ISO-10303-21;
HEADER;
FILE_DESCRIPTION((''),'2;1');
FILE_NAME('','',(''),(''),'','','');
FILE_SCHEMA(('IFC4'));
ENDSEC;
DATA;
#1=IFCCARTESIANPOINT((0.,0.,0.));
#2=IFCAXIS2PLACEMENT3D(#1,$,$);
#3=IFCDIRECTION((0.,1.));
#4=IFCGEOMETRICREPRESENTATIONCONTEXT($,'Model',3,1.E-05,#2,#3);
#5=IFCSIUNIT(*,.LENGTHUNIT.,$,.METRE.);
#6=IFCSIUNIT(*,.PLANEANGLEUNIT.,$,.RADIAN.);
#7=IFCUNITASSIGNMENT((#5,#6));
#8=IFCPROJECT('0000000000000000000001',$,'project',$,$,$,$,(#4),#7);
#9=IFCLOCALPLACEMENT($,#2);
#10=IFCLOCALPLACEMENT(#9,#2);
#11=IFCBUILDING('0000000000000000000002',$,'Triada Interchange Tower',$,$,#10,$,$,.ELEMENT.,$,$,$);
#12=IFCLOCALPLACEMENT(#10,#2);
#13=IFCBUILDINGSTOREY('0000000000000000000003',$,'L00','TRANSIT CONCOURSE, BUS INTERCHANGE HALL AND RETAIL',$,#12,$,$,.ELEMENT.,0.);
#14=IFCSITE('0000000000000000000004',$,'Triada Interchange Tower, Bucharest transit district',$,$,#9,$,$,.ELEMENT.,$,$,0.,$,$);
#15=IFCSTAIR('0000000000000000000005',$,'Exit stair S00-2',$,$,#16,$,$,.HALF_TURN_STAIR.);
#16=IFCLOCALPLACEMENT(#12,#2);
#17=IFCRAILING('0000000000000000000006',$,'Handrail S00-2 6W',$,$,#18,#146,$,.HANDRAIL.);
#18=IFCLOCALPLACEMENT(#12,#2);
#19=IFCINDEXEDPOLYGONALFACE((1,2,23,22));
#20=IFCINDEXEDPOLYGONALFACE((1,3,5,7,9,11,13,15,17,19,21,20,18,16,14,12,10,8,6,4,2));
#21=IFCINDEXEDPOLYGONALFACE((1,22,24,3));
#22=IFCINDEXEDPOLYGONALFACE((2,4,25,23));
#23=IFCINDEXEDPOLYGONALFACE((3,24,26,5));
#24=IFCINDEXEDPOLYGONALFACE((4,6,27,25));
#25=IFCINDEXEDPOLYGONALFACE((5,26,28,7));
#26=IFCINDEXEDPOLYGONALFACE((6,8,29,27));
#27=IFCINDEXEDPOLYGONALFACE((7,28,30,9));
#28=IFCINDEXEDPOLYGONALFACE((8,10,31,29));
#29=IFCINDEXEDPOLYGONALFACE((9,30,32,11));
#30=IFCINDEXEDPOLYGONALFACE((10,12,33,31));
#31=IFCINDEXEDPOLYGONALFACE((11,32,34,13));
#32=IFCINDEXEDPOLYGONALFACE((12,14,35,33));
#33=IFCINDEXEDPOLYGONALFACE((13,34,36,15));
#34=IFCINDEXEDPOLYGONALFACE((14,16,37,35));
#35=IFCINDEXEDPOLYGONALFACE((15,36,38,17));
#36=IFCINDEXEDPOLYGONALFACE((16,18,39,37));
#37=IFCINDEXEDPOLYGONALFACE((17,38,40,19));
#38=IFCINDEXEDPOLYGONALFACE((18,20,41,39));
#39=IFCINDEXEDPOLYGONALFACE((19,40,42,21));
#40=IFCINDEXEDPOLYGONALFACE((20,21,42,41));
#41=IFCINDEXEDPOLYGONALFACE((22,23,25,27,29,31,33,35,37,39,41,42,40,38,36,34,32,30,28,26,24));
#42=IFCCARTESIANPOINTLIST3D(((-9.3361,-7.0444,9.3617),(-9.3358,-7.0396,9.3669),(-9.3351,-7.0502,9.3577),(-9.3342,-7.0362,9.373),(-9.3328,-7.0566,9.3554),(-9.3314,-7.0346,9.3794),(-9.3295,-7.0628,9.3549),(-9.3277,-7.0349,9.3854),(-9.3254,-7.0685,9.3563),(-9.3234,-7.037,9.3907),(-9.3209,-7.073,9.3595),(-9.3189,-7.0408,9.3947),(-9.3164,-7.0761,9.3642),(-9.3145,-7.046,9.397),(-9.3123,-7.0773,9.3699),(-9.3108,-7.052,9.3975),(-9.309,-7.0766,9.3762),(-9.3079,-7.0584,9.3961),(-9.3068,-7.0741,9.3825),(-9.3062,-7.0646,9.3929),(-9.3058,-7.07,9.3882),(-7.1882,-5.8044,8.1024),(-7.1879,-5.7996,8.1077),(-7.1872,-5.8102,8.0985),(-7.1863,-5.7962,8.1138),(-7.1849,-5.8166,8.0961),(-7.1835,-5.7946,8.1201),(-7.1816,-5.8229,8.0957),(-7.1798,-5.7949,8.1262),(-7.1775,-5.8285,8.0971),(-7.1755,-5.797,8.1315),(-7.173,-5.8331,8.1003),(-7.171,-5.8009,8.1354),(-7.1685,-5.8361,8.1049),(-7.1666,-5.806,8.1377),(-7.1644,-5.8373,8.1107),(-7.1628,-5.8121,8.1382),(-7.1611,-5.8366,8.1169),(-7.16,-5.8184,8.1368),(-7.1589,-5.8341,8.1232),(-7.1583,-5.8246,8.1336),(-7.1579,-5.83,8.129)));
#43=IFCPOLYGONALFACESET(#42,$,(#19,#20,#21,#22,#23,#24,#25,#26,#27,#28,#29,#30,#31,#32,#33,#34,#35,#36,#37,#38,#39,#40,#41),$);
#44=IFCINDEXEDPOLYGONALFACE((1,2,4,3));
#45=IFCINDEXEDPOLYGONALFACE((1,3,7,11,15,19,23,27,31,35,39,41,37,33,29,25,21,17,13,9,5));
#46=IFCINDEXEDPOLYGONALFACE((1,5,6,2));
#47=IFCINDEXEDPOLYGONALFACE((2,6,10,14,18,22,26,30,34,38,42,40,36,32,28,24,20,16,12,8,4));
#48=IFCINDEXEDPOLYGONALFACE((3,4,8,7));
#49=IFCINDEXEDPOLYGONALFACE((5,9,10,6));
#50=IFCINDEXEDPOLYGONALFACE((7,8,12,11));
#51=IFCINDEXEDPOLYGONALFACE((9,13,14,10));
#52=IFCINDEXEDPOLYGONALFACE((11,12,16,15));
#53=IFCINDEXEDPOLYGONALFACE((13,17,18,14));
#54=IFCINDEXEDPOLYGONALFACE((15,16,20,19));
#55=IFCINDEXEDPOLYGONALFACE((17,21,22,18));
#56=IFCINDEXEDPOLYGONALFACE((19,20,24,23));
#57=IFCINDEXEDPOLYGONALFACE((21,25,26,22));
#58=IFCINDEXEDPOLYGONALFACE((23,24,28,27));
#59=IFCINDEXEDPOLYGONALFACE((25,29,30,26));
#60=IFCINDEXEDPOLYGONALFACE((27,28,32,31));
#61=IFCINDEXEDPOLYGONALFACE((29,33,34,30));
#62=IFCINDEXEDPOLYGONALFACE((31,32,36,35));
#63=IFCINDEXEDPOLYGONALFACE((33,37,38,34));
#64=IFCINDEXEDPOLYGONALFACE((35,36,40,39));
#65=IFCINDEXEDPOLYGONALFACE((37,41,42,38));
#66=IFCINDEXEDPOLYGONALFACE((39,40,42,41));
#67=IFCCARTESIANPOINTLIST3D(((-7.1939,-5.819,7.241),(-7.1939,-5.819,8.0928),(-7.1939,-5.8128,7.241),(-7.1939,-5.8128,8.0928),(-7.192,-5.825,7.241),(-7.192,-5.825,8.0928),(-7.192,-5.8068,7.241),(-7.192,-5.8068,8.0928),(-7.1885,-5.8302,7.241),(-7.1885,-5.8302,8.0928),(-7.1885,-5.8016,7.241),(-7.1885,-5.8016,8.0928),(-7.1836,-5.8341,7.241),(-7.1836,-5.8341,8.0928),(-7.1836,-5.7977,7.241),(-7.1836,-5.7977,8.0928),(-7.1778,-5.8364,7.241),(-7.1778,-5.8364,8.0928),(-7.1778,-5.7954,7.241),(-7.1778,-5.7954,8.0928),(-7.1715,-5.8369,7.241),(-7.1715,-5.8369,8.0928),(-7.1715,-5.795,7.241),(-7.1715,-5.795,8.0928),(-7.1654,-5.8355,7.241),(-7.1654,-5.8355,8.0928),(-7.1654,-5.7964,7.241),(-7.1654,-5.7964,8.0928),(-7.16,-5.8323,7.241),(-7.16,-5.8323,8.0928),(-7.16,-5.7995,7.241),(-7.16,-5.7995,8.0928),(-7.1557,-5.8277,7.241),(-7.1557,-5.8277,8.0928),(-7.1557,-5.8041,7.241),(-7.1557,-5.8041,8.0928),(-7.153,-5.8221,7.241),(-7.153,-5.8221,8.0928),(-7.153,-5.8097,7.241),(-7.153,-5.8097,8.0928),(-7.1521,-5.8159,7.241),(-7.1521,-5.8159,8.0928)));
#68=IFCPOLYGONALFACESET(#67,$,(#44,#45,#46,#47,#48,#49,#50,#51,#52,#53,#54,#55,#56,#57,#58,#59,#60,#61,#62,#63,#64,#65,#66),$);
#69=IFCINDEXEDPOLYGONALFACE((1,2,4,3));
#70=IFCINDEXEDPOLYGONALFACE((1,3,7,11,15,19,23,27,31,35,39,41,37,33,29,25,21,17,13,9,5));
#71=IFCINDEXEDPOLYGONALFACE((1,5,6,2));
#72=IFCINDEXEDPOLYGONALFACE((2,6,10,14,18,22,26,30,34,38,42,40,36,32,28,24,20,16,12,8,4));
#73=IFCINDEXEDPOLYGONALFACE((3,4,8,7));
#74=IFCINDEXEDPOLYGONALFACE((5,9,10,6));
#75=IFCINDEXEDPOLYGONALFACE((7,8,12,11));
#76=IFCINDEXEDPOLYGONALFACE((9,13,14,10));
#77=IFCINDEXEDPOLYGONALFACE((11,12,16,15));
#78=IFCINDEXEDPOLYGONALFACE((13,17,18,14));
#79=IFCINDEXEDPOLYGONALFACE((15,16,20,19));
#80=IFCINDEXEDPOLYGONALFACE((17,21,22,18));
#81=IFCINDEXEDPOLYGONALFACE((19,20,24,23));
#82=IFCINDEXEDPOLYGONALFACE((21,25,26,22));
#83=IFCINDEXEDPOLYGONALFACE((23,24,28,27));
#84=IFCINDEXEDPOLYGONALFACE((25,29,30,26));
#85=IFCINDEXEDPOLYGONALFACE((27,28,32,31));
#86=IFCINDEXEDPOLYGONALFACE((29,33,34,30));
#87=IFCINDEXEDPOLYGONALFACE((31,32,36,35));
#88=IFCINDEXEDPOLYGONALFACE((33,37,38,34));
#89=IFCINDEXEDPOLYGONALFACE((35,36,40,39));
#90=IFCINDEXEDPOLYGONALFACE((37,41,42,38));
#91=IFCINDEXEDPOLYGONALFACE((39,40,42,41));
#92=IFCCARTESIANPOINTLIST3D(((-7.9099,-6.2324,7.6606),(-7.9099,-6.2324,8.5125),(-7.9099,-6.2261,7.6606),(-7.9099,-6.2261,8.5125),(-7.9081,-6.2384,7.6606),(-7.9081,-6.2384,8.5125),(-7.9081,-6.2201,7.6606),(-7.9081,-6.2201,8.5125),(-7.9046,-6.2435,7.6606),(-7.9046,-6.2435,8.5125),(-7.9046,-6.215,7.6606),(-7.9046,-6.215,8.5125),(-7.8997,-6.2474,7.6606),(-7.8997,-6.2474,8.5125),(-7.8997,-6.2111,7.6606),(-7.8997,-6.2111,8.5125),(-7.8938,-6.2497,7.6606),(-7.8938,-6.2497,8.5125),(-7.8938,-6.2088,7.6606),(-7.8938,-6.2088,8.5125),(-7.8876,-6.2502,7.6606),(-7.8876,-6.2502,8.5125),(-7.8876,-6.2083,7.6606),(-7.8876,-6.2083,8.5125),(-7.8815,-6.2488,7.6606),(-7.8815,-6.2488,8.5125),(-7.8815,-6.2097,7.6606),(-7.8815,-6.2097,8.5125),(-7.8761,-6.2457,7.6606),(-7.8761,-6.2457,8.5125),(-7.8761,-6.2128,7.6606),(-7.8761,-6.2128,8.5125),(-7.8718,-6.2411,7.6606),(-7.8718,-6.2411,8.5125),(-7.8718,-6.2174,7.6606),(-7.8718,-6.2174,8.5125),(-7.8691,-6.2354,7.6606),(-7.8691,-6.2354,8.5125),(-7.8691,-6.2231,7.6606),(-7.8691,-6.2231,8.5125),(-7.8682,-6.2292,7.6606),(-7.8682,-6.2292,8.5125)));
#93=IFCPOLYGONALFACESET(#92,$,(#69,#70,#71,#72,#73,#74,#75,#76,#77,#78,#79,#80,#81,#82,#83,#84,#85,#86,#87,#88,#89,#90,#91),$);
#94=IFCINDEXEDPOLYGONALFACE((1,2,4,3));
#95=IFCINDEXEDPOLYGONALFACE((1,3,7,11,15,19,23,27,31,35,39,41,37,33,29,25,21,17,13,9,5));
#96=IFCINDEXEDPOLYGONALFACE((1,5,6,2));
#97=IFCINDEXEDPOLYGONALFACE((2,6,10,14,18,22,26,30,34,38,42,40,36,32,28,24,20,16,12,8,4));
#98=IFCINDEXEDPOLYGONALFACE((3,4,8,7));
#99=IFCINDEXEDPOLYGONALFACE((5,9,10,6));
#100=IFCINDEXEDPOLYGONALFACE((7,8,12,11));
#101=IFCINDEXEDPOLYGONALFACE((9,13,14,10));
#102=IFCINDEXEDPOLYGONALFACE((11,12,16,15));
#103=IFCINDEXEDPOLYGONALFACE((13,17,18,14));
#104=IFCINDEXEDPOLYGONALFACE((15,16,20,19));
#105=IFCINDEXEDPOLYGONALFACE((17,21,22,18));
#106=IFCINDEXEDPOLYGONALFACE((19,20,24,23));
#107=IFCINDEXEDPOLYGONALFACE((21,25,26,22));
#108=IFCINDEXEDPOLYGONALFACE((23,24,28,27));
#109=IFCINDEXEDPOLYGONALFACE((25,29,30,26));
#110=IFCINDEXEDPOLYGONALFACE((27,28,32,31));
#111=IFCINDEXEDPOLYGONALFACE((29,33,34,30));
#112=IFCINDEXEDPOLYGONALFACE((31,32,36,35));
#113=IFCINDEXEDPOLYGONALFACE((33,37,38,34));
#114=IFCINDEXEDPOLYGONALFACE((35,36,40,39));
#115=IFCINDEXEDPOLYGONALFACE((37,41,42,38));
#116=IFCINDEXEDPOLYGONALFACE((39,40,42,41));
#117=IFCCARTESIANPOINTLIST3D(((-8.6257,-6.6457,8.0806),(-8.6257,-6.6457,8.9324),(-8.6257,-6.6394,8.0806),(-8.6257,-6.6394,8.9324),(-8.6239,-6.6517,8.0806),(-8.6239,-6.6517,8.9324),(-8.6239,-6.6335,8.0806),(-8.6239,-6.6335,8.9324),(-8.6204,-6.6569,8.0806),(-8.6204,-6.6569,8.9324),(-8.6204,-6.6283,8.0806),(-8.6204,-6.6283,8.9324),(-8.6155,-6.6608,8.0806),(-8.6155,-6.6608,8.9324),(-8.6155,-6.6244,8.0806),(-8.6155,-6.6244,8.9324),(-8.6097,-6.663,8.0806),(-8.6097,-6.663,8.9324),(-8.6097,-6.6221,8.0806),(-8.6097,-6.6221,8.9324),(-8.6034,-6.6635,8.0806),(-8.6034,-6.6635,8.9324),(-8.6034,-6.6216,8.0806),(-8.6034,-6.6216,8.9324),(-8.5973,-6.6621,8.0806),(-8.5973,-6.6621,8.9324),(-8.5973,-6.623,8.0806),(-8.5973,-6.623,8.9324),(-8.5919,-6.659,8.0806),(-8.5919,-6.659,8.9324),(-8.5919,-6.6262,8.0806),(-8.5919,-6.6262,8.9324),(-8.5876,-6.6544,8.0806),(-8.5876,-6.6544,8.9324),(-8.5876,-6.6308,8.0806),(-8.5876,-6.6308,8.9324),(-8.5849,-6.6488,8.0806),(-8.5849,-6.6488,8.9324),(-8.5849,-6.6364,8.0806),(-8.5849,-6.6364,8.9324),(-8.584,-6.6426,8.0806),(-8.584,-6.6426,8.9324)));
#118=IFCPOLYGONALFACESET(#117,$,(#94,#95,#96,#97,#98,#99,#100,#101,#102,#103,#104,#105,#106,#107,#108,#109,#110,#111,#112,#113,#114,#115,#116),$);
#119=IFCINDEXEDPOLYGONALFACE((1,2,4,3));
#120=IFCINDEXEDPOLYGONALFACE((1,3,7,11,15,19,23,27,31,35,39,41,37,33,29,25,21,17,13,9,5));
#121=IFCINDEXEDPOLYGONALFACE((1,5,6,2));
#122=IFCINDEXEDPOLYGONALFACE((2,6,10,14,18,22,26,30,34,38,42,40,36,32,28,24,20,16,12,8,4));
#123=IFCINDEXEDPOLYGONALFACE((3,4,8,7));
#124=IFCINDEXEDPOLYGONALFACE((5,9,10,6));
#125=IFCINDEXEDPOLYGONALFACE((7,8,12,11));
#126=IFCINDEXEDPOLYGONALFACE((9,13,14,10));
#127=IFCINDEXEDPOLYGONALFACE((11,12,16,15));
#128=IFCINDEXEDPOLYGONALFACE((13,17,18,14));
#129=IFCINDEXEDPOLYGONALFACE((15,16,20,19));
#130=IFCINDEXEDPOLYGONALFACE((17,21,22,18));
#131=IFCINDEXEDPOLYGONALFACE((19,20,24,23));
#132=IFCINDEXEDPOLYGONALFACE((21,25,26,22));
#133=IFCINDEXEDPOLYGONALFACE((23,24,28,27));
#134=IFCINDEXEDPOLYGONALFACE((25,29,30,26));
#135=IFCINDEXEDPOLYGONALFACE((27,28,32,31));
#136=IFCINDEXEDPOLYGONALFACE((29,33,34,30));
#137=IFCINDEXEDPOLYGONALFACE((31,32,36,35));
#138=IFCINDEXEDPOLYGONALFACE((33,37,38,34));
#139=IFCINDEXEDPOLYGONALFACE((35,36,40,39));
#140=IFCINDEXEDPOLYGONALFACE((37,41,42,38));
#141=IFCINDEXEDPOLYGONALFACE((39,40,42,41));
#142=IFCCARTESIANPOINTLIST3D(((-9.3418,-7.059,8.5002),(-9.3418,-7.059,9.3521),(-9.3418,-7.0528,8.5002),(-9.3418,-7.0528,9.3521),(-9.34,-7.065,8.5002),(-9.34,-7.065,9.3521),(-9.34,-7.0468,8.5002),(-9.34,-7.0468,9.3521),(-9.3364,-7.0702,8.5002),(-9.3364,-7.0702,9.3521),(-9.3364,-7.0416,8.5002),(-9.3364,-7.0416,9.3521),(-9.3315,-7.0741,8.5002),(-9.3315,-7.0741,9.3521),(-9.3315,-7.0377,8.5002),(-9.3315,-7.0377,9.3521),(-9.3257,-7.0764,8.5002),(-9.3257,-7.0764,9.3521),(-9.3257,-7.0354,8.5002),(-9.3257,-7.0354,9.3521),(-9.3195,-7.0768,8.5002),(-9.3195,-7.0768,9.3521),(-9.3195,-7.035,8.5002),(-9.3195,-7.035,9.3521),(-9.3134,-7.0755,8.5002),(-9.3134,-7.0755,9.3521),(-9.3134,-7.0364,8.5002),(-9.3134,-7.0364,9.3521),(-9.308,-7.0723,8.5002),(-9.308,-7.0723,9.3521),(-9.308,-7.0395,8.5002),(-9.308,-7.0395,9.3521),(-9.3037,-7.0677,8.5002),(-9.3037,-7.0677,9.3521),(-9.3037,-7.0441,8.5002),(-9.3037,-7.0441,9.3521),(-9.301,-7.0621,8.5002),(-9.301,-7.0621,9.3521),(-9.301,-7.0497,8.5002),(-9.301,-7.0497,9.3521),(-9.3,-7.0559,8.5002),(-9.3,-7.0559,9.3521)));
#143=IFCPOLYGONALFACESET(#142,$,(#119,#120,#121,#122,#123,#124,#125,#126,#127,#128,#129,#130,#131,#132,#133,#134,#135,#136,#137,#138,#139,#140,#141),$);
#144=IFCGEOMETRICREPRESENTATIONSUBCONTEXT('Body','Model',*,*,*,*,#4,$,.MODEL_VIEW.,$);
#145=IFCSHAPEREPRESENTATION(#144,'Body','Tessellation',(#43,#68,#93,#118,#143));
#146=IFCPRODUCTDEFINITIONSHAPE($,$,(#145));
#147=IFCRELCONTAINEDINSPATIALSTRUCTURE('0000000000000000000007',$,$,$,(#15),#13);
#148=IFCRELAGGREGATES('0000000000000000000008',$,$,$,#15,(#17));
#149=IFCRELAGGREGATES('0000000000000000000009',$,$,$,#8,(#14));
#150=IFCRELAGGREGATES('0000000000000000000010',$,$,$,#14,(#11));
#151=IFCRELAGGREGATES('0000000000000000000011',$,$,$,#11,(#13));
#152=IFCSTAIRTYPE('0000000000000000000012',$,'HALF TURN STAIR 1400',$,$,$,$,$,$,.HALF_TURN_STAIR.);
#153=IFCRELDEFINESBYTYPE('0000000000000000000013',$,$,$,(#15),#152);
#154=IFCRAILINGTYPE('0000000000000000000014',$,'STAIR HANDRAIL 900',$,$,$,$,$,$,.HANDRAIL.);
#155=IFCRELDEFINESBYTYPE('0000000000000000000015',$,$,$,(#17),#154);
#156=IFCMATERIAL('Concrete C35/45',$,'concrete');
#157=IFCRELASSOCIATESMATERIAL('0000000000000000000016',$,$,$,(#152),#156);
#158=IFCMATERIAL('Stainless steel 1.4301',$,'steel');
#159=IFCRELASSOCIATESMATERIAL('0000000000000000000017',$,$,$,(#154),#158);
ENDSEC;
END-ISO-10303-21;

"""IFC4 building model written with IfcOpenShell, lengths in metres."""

from ifc_helpers import new_model, si_unit, direction, frame, origin, origin_2d, place, context, subcontext, project, spatial, circle, extrude, material, type_object, element, aggregate, save


model = new_model("IFC4")

# Units and contexts
model_context = context("Model", 3, precision=1e-05, world=origin(), true_north=direction((0.0, 1.0)))
body_context = subcontext(model_context, "Body", "Model", "MODEL_VIEW")
ifc_project = project(units=[si_unit("LENGTHUNIT", "METRE"), si_unit("PLANEANGLEUNIT", "RADIAN")], contexts=[model_context])

# Site, building, storey
site_placement = place(None, origin())
site = spatial("IfcSite", under=ifc_project, at=site_placement, Name="Triada Interchange Tower, Bucharest transit district", CompositionType="ELEMENT", RefElevation=0.0)
building_placement = place(site_placement, origin())
building = spatial("IfcBuilding", under=site, at=building_placement, Name="Triada Interchange Tower", CompositionType="ELEMENT")
storey_placement = place(building_placement, origin())
storey = spatial("IfcBuildingStorey", under=building, at=storey_placement, Name="L00", Description="TRANSIT CONCOURSE, BUS INTERCHANGE HALL AND RETAIL", CompositionType="ELEMENT", Elevation=0.0)

# Shared definitions
ifc_material_1 = material(Name="Concrete C35/45", Category="concrete")

# Stair, railing
stair_type = type_object("IfcStairType", Name="HALF TURN STAIR 1400", PredefinedType="HALF_TURN_STAIR", material=ifc_material_1)
stair_placement = place(storey_placement, origin())
stair = element("IfcStair", 1, at=stair_placement, inside=storey, type_object=stair_type, Name="Exit stair S00-2", PredefinedType="HALF_TURN_STAIR")
ifc_material_2 = material(Name="Stainless steel 1.4301", Category="steel")
railing_type_1 = type_object("IfcRailingType", Name="STAIR HANDRAIL 900", PredefinedType="HANDRAIL", material=ifc_material_2)
railing_1_placement = place(storey_placement, frame((-7.1731, -5.8159, 7.241)))
railing_1 = element("IfcRailing", 2, at=railing_1_placement, type_object=railing_type_1, Name="Handrail S00-2 6W", PredefinedType="HANDRAIL", context=body_context, shape_type="SweptSolid", body=[
    extrude(circle(Radius=0.0239, at=origin_2d()), frame((0.0, 0.0, 0.876), z_axis=(-0.772212, -0.445791, 0.452724), x_axis=(0.499961, -0.866048, 0.0)), (0.0, 0.0, 1.0), 2.7815),
    extrude(circle(Radius=0.021, at=origin_2d()), origin(), (0.0, 0.0, 1.0), 0.8518),
    extrude(circle(Radius=0.021, at=origin_2d()), frame((-0.7161, -0.4133, 0.4197)), (0.0, 0.0, 1.0), 0.8518),
    extrude(circle(Radius=0.021, at=origin_2d()), frame((-1.4319, -0.8267, 0.8396)), (0.0, 0.0, 1.0), 0.8518),
    extrude(circle(Radius=0.021, at=origin_2d()), frame((-2.1479, -1.24, 1.2593)), (0.0, 0.0, 1.0), 0.8518),
])
aggregate(stair, [railing_1])

save(model, "model.ifc")
